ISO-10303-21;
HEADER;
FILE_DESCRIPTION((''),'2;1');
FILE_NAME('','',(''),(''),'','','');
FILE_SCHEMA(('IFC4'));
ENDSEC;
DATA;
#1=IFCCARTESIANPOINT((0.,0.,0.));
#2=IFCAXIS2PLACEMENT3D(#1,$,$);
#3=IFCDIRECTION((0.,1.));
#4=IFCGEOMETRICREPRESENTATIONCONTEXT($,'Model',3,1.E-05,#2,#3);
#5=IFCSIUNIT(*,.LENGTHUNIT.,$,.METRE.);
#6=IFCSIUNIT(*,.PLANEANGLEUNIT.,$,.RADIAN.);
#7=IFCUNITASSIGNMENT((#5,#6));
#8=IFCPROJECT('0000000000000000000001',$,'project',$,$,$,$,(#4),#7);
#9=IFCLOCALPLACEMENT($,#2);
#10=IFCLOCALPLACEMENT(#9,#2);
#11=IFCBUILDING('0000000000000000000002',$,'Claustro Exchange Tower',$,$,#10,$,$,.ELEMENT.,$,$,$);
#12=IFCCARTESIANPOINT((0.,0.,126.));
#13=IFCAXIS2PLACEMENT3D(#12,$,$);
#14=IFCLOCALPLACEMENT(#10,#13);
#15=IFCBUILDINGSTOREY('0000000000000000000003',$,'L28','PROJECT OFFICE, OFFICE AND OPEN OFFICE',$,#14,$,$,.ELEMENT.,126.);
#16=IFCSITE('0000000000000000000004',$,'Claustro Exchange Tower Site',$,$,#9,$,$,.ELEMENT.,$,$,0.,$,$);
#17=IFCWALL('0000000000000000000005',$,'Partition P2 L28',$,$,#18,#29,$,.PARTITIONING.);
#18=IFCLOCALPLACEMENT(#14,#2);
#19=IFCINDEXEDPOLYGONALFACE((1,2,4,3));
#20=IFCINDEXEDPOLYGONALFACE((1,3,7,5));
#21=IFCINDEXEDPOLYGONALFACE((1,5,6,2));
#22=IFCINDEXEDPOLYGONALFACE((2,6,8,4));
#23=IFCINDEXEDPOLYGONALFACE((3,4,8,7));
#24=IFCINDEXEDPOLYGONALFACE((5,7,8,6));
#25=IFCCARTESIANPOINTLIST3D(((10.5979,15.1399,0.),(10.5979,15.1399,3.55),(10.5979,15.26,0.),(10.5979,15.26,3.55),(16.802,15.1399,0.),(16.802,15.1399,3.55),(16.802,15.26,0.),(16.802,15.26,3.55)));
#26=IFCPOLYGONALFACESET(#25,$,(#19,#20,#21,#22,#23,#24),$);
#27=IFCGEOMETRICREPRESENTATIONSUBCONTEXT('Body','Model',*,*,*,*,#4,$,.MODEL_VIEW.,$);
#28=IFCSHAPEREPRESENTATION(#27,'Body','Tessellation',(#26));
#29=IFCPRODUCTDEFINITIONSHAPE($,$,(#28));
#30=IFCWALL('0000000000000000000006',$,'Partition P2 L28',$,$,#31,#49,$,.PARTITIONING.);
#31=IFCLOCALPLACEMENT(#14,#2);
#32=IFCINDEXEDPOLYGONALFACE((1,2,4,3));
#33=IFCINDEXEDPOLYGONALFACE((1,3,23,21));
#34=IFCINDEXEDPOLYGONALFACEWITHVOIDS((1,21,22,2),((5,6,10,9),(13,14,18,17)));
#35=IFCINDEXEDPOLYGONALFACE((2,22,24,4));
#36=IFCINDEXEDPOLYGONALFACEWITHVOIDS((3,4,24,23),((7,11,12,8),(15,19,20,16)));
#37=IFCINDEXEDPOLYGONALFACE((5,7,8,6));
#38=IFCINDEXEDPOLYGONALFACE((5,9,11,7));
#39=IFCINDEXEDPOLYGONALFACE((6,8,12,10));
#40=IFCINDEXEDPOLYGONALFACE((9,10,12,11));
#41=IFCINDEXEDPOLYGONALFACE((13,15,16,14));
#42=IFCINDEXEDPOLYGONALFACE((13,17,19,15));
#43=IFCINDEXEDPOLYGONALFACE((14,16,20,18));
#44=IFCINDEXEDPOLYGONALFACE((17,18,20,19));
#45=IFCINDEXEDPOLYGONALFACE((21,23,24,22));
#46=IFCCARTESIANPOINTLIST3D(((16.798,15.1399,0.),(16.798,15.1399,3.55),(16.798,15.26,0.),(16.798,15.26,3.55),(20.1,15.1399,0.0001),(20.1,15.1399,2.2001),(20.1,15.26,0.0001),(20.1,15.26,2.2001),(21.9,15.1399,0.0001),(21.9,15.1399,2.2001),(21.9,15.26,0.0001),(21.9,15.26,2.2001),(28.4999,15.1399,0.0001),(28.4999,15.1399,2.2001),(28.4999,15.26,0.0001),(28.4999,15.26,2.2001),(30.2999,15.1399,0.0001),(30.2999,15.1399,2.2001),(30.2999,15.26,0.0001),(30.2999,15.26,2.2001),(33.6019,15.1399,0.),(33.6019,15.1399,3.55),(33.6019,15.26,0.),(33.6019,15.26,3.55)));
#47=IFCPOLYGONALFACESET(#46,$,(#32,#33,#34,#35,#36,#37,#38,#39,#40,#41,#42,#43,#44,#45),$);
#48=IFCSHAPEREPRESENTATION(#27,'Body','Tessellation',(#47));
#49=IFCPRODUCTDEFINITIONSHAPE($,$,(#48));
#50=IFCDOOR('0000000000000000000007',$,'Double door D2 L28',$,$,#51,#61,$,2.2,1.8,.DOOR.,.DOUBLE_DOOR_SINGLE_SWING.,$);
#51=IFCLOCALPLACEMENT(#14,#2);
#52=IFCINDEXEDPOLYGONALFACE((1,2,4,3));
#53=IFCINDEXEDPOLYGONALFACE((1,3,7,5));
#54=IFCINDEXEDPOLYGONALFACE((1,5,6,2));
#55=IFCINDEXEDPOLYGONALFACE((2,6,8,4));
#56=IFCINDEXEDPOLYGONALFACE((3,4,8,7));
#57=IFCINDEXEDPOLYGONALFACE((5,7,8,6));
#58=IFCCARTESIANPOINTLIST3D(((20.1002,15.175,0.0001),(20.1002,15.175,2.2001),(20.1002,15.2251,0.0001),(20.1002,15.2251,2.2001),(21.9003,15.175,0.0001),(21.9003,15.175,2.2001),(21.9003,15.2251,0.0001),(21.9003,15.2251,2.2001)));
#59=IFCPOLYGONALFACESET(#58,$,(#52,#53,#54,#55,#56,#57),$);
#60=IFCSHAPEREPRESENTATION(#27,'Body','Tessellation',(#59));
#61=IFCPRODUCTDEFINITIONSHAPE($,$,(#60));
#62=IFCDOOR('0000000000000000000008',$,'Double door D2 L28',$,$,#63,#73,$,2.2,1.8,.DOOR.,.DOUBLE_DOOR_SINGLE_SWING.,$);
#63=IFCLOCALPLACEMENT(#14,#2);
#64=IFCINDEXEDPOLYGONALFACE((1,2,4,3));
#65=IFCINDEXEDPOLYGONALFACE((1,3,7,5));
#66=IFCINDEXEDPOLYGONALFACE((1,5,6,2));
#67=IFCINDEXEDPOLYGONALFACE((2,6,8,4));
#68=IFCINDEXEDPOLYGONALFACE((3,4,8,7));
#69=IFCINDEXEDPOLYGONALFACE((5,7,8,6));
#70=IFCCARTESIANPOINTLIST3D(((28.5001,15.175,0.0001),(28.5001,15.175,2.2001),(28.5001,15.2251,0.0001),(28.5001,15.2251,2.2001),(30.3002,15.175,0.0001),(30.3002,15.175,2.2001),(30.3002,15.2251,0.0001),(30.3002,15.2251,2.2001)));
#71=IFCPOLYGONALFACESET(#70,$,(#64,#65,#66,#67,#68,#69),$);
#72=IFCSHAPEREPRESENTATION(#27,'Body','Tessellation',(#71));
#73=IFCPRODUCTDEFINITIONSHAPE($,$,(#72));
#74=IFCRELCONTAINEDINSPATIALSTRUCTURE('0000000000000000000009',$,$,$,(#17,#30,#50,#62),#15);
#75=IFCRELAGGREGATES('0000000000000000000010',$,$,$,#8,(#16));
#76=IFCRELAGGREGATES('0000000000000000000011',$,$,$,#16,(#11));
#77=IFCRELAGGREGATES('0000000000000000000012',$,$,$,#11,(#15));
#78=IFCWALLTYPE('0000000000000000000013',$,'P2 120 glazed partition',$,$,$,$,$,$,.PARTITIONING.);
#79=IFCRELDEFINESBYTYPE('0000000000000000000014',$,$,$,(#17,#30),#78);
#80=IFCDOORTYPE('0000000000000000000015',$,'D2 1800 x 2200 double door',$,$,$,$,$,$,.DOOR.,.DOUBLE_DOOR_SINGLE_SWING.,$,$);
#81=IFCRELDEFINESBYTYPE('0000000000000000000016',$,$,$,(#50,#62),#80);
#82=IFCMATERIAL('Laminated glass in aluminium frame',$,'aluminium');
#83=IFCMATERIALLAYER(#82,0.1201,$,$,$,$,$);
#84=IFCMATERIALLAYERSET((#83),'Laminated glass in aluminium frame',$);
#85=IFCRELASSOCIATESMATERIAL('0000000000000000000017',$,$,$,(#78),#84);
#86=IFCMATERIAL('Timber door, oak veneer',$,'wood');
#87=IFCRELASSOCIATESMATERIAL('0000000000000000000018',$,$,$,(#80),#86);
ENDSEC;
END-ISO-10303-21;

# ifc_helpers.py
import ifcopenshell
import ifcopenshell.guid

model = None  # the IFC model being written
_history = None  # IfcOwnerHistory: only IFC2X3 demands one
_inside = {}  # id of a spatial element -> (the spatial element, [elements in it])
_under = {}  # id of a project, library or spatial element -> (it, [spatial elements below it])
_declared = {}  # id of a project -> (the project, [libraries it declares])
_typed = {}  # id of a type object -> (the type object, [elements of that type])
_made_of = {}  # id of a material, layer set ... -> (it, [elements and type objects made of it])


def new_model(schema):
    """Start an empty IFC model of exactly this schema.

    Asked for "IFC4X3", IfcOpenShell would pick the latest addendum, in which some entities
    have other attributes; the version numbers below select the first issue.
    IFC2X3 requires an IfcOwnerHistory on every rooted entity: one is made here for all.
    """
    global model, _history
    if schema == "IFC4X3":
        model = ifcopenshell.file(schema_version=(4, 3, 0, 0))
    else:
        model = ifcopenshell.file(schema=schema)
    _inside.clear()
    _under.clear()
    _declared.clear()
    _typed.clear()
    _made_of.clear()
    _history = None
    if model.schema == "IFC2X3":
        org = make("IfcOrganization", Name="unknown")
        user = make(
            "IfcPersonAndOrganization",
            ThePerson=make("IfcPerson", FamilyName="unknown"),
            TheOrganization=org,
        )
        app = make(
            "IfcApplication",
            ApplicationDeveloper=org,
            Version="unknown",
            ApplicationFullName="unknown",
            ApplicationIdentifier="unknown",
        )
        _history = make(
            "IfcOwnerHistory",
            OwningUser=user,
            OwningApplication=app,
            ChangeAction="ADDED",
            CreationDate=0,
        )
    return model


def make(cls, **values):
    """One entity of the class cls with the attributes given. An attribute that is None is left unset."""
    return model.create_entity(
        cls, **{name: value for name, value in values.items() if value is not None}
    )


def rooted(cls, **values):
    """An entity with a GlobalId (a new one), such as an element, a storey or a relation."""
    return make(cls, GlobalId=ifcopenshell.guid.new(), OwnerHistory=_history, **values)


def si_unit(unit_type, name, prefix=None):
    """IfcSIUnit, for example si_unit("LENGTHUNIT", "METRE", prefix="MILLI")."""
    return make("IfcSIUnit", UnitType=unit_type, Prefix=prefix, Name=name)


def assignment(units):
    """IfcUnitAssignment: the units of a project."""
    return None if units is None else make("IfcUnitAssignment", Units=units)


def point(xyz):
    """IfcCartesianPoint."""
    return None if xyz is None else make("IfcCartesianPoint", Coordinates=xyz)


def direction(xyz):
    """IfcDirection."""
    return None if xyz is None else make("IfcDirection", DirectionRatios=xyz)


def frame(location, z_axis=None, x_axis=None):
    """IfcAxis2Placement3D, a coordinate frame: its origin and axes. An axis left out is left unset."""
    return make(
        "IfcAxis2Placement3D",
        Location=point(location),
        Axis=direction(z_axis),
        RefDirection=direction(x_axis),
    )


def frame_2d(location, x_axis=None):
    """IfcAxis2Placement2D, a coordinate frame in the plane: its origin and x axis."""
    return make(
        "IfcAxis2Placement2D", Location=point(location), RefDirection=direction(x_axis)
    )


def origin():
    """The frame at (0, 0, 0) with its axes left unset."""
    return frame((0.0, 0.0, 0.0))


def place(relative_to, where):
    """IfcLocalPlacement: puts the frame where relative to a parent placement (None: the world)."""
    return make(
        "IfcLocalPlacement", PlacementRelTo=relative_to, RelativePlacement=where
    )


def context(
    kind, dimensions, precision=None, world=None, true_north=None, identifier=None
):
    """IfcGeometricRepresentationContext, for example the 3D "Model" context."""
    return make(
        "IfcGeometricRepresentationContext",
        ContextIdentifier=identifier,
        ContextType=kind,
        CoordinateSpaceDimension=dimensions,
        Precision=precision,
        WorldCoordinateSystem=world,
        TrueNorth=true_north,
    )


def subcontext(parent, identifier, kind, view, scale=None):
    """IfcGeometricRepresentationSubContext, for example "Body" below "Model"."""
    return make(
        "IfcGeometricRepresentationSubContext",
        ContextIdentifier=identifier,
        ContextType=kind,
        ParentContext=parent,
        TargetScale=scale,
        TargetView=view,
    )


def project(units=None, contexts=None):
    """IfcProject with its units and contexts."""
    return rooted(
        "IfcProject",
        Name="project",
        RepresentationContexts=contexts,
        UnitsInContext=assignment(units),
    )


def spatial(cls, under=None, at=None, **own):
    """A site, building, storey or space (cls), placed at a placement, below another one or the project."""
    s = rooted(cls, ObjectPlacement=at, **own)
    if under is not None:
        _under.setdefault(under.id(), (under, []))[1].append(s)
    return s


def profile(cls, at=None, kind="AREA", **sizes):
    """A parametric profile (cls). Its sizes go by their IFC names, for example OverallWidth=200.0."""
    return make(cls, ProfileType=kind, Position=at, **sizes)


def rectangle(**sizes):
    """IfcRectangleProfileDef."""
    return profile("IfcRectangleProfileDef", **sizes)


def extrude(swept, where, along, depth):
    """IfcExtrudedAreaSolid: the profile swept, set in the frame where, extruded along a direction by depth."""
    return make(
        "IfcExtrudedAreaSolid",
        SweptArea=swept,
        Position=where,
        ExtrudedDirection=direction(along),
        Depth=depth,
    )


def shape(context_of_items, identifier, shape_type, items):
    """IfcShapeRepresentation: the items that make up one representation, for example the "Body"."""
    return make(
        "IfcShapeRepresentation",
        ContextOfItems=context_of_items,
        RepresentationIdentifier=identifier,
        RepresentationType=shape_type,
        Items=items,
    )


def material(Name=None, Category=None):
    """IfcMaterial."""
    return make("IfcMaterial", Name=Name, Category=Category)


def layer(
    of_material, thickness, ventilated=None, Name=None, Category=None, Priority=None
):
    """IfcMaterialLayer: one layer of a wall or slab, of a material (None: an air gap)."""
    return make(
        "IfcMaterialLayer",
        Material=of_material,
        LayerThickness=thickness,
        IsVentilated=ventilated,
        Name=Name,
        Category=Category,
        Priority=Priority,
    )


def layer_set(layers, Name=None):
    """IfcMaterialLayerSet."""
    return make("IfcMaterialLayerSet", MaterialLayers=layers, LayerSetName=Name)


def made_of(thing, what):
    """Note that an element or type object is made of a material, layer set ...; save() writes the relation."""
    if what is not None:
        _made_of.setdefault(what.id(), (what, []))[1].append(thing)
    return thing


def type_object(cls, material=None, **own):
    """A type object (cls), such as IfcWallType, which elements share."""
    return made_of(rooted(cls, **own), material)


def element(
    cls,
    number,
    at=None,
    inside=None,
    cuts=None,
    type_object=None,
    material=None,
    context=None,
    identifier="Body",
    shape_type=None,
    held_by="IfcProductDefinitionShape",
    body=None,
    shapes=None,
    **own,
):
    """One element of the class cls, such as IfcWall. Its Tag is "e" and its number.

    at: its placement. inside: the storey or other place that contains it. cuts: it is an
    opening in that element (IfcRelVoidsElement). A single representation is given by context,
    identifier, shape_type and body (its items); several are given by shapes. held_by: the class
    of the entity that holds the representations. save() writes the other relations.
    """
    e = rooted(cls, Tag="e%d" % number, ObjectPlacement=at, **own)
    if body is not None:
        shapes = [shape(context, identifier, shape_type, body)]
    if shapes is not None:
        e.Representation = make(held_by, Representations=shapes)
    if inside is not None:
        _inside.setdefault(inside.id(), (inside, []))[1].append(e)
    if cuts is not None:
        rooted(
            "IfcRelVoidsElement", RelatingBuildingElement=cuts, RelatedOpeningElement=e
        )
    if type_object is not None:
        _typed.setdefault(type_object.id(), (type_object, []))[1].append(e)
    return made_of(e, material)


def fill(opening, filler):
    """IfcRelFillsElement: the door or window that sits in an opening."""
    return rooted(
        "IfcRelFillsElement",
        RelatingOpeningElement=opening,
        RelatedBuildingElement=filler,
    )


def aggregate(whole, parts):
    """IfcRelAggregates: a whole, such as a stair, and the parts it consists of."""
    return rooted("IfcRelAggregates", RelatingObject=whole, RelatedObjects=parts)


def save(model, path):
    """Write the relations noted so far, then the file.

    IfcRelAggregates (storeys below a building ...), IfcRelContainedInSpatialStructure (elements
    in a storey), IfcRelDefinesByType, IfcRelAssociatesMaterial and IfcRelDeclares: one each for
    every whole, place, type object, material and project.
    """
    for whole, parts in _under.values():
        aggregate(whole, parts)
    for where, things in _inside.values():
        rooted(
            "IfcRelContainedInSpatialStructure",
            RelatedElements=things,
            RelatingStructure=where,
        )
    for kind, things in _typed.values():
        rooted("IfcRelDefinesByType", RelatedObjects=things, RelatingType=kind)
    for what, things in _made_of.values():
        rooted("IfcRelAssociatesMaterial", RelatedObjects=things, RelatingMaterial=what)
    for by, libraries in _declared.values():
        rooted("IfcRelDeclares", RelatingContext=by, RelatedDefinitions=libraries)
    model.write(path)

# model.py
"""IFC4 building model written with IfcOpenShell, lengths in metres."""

from ifc_helpers import new_model, si_unit, direction, frame, frame_2d, origin, place, context, subcontext, project, spatial, rectangle, extrude, material, layer, layer_set, type_object, element, fill, save


model = new_model("IFC4")

# Units and contexts
model_context = context("Model", 3, precision=1e-05, world=origin(), true_north=direction((0.0, 1.0)))
body_context = subcontext(model_context, "Body", "Model", "MODEL_VIEW")
ifc_project = project(units=[si_unit("LENGTHUNIT", "METRE"), si_unit("PLANEANGLEUNIT", "RADIAN")], contexts=[model_context])

# Site, building, storey
site_placement = place(None, origin())
site = spatial("IfcSite", under=ifc_project, at=site_placement, Name="Claustro Exchange Tower Site", CompositionType="ELEMENT", RefElevation=0.0)
building_placement = place(site_placement, origin())
building = spatial("IfcBuilding", under=site, at=building_placement, Name="Claustro Exchange Tower", CompositionType="ELEMENT")
storey_placement = place(building_placement, frame((0.0, 0.0, 126.0)))
storey = spatial("IfcBuildingStorey", under=building, at=storey_placement, Name="L28", Description="PROJECT OFFICE, OFFICE AND OPEN OFFICE", CompositionType="ELEMENT", Elevation=126.0)

# Wall
ifc_material_1 = material(Name="Laminated glass in aluminium frame", Category="aluminium")
ifc_layer_1 = layer(ifc_material_1, 0.1201)
ifc_layer_set_1 = layer_set([ifc_layer_1], Name="Laminated glass in aluminium frame")
wall_type_1 = type_object("IfcWallType", Name="P2 120 glazed partition", PredefinedType="PARTITIONING", material=ifc_layer_set_1)
wall_1_placement = place(storey_placement, frame((10.5979, 15.2, 0.0), z_axis=(0.0, 0.0, 1.0), x_axis=(1.0, 0.0, 0.0)))
element("IfcWall", 1, at=wall_1_placement, inside=storey, type_object=wall_type_1, Name="Partition P2 L28", PredefinedType="PARTITIONING", context=body_context, shape_type="SweptSolid", body=[
    extrude(rectangle(XDim=6.2041, YDim=0.1201, at=frame_2d((3.1021, 0.0))), origin(), (0.0, 0.0, 1.0), 3.55),
])

# Wall, openings, doors
wall_2_placement = place(storey_placement, frame((16.7981, 15.2, 0.0), z_axis=(0.0, 0.0, 1.0), x_axis=(1.0, 0.0, 0.0)))
wall_2 = element("IfcWall", 2, at=wall_2_placement, inside=storey, type_object=wall_type_1, Name="Partition P2 L28", PredefinedType="PARTITIONING", context=body_context, shape_type="SweptSolid", body=[
    extrude(rectangle(XDim=16.804, YDim=0.1201, at=frame_2d((8.4019, 0.0))), origin(), (0.0, 0.0, 1.0), 3.55),
])
opening_1_placement = place(wall_2_placement, frame((3.302, 0.0, 0.0)))
opening_1 = element("IfcOpeningElement", 3, at=opening_1_placement, cuts=wall_2, PredefinedType="OPENING", context=body_context, shape_type="SweptSolid", body=[
    extrude(rectangle(XDim=1.8, YDim=2.2, at=frame_2d((0.8999, 1.1001))), frame((0.0, 0.0701, 0.0), z_axis=(0.0, -1.0, 0.0), x_axis=(1.0, 0.0, 0.0)), (0.0, 0.0, 1.0), 0.1401),
])
opening_2_placement = place(wall_2_placement, frame((11.7019, 0.0, 0.0)))
opening_2 = element("IfcOpeningElement", 4, at=opening_2_placement, cuts=wall_2, PredefinedType="OPENING", context=body_context, shape_type="SweptSolid", body=[
    extrude(rectangle(XDim=1.8, YDim=2.2, at=frame_2d((0.8999, 1.1001))), frame((0.0, 0.0701, 0.0), z_axis=(0.0, -1.0, 0.0), x_axis=(1.0, 0.0, 0.0)), (0.0, 0.0, 1.0), 0.1401),
])
ifc_material_2 = material(Name="Timber door, oak veneer", Category="wood")
door_type_1 = type_object("IfcDoorType", Name="D2 1800 x 2200 double door", OperationType="DOUBLE_DOOR_SINGLE_SWING", PredefinedType="DOOR", material=ifc_material_2)
door_1_placement = place(opening_1_placement, frame((1.8, 0.0, 0.0), z_axis=(0.0, 0.0, 1.0), x_axis=(-1.0, 0.0, 0.0)))
door_1 = element("IfcDoor", 5, at=door_1_placement, inside=storey, type_object=door_type_1, Name="Double door D2 L28", OperationType="DOUBLE_DOOR_SINGLE_SWING", OverallHeight=2.2, OverallWidth=1.8, PredefinedType="DOOR", context=body_context, shape_type="SweptSolid", body=[
    extrude(rectangle(XDim=1.8, YDim=2.2, at=frame_2d((0.8999, 1.1001))), frame((0.0, 0.0249, 0.0), z_axis=(0.0, -1.0, 0.0), x_axis=(1.0, 0.0, 0.0)), (0.0, 0.0, 1.0), 0.05),
])
fill(opening_1, door_1)
door_2_placement = place(opening_2_placement, frame((1.8, 0.0, 0.0), z_axis=(0.0, 0.0, 1.0), x_axis=(-1.0, 0.0, 0.0)))
door_2 = element("IfcDoor", 6, at=door_2_placement, inside=storey, type_object=door_type_1, Name="Double door D2 L28", OperationType="DOUBLE_DOOR_SINGLE_SWING", OverallHeight=2.2, OverallWidth=1.8, PredefinedType="DOOR", context=body_context, shape_type="SweptSolid", body=[
    extrude(rectangle(XDim=1.8, YDim=2.2, at=frame_2d((0.8999, 1.1001))), frame((0.0, 0.0249, 0.0), z_axis=(0.0, -1.0, 0.0), x_axis=(1.0, 0.0, 0.0)), (0.0, 0.0, 1.0), 0.05),
])
fill(opening_2, door_2)

save(model, "model.ifc")
